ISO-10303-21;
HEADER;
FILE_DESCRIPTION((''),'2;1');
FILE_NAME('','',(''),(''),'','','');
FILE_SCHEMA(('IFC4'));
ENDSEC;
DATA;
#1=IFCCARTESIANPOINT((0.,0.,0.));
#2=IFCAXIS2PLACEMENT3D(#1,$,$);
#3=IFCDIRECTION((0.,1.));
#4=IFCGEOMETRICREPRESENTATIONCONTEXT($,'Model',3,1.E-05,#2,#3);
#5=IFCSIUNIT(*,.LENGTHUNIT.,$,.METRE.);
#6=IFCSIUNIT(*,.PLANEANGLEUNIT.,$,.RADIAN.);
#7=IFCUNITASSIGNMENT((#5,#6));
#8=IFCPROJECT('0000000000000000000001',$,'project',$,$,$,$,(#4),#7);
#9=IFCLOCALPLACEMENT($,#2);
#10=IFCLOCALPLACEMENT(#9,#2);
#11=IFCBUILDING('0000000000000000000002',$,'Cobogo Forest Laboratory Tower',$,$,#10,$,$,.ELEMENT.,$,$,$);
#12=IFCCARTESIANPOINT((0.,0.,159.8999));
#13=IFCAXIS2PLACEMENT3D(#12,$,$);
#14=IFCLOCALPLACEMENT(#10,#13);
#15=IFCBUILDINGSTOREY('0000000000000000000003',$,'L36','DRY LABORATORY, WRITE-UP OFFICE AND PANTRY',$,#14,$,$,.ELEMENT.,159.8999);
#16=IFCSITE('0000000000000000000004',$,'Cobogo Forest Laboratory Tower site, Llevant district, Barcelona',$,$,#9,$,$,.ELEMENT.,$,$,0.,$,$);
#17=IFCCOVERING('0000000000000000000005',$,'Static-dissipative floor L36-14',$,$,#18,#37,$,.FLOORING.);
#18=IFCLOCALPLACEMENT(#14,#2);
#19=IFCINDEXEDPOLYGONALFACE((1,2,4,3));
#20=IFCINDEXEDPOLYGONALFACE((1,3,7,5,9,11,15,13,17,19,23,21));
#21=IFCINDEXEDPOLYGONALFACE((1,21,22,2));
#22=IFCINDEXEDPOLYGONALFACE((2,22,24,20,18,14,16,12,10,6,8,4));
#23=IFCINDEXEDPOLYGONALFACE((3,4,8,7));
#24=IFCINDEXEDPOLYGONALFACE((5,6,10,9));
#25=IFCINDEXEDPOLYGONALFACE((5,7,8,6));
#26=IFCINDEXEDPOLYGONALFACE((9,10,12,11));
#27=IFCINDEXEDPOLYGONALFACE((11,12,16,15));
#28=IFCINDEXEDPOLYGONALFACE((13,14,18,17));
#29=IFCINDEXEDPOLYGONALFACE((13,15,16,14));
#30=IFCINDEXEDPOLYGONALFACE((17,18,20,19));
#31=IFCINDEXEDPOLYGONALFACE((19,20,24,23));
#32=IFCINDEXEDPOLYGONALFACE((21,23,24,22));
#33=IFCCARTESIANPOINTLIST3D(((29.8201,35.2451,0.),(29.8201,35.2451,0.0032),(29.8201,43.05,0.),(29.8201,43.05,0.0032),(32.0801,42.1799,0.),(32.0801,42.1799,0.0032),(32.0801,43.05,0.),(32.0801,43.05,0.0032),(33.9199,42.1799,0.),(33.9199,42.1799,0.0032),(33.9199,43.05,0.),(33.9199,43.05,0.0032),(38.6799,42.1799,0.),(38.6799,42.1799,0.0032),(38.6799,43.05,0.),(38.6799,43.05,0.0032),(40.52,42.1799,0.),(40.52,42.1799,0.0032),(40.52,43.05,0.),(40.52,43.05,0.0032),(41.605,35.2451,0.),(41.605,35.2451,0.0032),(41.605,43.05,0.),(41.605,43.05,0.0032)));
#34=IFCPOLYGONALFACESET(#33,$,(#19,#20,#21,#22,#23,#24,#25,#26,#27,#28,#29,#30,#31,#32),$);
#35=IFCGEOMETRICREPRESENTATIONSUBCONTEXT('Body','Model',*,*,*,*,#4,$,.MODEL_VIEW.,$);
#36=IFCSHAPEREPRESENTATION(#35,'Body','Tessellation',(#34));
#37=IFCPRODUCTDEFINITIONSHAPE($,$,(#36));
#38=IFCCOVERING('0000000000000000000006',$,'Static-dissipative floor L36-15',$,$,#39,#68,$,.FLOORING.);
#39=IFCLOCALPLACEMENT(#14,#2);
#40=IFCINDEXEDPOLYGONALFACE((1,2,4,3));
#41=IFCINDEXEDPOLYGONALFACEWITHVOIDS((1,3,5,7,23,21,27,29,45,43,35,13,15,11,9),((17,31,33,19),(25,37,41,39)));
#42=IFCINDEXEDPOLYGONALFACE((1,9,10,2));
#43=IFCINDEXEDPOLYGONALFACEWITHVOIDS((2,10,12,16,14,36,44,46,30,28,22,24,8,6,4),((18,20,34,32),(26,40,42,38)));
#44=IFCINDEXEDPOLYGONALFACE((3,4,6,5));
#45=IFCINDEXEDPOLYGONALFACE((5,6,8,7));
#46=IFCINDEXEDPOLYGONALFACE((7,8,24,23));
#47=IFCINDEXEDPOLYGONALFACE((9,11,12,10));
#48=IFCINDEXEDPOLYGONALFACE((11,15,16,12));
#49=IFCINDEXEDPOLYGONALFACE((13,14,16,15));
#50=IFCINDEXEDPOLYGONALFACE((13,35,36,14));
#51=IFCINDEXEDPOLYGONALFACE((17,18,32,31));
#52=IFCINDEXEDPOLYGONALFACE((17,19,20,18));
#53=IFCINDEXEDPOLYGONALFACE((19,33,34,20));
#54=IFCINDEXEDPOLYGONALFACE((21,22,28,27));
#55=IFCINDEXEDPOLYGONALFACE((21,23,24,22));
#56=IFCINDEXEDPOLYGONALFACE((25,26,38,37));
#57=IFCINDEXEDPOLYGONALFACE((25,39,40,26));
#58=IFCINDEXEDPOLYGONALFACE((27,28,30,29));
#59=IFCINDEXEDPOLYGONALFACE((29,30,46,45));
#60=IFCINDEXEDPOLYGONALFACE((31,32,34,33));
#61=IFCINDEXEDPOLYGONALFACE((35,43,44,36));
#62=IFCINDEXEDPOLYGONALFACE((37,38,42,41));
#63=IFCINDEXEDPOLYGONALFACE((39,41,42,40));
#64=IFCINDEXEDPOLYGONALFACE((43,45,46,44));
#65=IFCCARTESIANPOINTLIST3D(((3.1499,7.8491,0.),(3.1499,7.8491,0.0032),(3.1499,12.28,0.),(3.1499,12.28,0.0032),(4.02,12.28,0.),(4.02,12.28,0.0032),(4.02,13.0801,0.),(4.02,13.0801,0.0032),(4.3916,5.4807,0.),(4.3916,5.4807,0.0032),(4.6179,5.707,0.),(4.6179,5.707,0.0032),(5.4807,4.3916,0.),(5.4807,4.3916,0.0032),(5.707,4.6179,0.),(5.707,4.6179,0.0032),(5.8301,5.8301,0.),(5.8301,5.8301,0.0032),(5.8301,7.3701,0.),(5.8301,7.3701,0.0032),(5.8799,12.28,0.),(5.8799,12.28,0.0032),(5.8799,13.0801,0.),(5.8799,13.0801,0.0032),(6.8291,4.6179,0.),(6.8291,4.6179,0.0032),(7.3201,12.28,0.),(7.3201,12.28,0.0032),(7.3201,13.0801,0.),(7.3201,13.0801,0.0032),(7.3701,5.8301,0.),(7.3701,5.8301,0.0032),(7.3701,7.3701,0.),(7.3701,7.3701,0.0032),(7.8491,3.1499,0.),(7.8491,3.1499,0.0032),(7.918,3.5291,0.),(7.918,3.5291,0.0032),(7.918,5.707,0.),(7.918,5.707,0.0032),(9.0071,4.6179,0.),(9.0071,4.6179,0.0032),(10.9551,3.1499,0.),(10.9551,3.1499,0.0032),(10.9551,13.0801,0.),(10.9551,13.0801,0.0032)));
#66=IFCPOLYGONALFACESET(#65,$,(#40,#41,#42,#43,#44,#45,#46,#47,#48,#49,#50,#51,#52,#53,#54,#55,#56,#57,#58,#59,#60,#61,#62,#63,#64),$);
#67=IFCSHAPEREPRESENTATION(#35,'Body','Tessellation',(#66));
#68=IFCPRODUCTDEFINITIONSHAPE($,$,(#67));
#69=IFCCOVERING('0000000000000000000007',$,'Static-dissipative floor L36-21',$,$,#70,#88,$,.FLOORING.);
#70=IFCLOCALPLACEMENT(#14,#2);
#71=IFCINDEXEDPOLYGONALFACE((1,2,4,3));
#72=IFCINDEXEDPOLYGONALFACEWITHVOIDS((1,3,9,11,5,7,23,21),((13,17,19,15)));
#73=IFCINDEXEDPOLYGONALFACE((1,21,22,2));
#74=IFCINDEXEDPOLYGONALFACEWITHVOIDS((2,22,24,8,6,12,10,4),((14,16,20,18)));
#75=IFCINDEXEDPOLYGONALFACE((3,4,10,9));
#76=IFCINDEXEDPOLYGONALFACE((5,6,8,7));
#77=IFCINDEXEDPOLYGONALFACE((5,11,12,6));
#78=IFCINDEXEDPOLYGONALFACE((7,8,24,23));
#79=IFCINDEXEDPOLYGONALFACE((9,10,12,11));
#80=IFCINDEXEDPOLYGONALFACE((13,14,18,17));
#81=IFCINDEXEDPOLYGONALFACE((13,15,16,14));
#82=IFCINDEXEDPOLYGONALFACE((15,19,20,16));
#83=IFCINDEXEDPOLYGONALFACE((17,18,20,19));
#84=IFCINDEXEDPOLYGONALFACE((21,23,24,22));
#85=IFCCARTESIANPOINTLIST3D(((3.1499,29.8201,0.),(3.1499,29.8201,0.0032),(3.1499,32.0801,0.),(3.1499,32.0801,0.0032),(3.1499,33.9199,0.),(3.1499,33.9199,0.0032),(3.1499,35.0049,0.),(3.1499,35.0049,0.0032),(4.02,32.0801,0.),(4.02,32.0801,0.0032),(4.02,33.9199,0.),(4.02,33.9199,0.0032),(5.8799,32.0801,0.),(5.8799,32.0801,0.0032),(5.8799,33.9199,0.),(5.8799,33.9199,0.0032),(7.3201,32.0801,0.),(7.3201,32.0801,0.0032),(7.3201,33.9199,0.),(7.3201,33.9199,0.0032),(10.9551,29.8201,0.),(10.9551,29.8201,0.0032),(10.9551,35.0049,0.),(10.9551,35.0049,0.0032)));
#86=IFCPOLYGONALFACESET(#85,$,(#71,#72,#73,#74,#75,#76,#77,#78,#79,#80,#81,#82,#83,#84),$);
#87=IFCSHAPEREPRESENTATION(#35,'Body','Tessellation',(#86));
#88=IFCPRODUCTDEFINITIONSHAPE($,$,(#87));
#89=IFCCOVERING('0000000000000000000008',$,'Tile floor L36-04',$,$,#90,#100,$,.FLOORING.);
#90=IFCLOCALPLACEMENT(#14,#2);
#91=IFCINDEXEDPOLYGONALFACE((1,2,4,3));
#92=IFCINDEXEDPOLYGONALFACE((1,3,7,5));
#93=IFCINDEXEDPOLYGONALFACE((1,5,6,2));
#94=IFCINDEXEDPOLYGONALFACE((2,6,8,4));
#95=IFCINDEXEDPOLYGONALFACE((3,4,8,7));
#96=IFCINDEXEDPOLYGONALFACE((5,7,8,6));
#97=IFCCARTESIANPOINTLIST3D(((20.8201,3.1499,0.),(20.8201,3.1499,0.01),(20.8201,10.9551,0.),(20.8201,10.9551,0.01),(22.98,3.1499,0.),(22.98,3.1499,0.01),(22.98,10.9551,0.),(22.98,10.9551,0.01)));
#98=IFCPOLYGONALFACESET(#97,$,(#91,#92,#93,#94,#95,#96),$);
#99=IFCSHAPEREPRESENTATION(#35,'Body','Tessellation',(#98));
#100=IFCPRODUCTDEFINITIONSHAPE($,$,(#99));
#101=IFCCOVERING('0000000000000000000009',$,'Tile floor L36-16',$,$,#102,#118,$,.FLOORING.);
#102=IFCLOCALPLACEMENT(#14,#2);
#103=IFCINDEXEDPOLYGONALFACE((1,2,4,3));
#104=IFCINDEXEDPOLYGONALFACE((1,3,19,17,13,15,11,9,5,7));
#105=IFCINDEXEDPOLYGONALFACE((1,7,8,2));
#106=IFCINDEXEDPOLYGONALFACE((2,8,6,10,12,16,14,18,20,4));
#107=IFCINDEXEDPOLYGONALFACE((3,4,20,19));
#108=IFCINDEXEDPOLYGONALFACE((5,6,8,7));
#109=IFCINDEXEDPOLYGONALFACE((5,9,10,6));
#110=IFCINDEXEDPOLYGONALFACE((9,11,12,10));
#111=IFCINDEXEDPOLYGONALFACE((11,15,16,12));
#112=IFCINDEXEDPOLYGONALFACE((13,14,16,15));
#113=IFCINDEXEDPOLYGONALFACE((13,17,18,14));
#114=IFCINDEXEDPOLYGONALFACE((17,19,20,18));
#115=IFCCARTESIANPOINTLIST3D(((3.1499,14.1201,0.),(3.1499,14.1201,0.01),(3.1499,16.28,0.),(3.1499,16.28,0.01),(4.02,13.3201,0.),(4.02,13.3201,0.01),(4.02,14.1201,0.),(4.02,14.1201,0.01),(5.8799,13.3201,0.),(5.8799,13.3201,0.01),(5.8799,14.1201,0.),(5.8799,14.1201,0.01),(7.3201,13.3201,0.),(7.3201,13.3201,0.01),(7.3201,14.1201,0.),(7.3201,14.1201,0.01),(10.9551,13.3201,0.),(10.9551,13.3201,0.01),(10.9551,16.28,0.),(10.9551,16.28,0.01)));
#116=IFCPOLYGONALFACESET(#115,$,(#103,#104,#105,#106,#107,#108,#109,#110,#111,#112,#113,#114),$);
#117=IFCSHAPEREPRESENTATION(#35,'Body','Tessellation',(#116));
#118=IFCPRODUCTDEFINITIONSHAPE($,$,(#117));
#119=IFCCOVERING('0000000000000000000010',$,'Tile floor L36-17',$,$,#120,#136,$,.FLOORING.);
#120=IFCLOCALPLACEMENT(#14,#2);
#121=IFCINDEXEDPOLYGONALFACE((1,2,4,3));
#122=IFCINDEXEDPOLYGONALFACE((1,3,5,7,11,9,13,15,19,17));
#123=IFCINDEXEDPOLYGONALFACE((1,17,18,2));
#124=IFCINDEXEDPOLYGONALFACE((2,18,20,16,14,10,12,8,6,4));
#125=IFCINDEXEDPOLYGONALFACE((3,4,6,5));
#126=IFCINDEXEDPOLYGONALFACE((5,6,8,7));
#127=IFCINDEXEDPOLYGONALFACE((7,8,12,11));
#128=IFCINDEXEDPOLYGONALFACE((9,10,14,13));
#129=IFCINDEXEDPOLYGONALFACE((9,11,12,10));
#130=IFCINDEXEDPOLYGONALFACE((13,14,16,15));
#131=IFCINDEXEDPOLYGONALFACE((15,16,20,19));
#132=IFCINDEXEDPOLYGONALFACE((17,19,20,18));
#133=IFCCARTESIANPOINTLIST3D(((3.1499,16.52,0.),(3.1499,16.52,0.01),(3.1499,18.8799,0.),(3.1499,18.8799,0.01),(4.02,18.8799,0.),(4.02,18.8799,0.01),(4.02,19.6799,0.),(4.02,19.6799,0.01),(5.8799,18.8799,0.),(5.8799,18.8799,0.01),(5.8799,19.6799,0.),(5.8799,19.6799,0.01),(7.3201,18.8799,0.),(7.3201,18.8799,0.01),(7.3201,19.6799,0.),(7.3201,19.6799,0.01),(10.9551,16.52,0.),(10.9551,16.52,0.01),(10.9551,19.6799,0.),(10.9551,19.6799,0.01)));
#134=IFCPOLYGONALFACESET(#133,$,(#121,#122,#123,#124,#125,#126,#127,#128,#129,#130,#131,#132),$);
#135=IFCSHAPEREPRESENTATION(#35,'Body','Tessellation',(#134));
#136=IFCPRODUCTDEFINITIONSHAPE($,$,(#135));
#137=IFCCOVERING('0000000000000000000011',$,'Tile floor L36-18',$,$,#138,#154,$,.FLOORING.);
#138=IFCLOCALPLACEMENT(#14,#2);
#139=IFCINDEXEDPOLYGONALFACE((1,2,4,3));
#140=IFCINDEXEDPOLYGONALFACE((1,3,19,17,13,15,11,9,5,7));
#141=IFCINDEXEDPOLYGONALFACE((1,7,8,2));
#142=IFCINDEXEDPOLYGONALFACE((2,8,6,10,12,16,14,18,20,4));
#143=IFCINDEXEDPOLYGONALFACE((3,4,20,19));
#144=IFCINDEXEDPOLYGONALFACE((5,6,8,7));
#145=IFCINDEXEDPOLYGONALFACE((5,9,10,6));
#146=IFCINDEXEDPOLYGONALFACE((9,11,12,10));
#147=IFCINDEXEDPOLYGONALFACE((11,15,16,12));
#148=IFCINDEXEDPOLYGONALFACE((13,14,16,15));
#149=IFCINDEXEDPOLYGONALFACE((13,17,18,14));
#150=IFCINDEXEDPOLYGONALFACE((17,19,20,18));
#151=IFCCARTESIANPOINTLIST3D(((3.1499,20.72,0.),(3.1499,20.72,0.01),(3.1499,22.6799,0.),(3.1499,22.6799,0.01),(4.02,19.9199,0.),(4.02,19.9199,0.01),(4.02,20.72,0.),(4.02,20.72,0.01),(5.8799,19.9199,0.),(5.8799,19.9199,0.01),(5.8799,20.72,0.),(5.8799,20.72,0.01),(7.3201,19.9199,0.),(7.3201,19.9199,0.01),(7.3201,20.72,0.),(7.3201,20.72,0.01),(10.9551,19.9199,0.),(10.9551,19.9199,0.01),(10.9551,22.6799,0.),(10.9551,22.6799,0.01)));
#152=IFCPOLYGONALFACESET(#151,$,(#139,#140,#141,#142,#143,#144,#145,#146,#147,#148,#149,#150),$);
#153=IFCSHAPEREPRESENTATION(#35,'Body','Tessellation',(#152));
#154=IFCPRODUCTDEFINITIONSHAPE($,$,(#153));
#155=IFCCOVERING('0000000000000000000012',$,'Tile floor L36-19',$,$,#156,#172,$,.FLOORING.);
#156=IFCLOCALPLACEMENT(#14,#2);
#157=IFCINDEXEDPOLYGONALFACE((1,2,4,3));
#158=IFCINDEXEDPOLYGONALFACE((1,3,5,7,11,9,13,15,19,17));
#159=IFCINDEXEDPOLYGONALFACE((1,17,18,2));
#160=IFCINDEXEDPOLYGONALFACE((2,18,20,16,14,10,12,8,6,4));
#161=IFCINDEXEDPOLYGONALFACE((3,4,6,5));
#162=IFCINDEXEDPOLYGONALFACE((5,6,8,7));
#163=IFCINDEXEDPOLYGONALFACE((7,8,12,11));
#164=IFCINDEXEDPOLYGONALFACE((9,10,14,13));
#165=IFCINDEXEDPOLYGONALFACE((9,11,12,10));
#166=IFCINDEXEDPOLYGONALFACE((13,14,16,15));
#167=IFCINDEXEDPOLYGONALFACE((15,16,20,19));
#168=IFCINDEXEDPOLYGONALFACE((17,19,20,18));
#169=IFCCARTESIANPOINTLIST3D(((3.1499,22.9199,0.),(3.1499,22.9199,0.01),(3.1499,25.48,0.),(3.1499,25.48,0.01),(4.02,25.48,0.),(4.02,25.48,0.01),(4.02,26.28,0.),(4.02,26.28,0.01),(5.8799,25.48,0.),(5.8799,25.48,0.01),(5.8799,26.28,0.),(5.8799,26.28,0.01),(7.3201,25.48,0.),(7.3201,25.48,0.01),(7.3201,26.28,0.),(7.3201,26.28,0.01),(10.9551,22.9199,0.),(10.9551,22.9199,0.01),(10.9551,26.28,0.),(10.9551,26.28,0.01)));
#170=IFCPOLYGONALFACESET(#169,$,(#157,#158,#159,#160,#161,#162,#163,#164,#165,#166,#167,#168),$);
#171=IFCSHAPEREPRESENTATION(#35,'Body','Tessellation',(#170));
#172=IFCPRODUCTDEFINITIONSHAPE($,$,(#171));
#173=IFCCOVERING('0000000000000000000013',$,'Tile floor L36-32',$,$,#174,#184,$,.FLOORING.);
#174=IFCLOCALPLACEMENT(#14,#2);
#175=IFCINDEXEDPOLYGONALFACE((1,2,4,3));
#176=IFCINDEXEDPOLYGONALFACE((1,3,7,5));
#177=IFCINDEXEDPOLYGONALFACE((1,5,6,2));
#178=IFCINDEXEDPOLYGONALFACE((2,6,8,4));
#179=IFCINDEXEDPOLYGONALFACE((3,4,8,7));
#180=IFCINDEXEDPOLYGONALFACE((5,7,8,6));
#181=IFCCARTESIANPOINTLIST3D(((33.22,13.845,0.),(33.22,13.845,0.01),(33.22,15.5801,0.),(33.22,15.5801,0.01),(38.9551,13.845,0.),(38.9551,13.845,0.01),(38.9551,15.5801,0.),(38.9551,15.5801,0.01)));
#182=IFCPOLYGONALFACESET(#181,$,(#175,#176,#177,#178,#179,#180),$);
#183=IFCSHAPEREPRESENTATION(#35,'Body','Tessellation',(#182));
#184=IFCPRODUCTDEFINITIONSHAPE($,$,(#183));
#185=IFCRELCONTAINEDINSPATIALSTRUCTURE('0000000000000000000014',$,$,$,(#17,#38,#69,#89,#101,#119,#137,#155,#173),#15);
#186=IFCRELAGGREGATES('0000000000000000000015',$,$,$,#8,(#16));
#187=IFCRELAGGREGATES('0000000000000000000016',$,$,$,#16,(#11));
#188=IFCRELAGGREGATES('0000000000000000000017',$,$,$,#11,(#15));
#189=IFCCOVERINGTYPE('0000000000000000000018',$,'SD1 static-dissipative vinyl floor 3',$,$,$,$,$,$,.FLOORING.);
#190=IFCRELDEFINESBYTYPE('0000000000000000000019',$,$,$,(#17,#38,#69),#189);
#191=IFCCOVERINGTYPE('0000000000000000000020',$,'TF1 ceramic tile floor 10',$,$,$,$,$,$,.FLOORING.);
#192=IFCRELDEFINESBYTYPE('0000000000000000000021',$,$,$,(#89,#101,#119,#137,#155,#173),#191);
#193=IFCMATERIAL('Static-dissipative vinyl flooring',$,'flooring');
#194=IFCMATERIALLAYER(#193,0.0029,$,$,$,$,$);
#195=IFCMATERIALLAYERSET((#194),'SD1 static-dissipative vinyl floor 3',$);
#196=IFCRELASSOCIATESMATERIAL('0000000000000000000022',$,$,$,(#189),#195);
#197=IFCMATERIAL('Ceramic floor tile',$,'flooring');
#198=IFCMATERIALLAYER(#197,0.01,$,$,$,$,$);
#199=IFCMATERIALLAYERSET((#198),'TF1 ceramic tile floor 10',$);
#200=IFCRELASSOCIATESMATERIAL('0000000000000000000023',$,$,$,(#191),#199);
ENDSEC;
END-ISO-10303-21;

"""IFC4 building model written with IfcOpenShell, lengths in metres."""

from ifc_helpers import new_model, si_unit, direction, frame, origin, place, context, subcontext, project, spatial, polyline, outline, extrude, material, layer, layer_set, type_object, element, save


model = new_model("IFC4")

# Units and contexts
model_context = context("Model", 3, precision=1e-05, world=origin(), true_north=direction((0.0, 1.0)))
body_context = subcontext(model_context, "Body", "Model", "MODEL_VIEW")
ifc_project = project(units=[si_unit("LENGTHUNIT", "METRE"), si_unit("PLANEANGLEUNIT", "RADIAN")], contexts=[model_context])

# Site, building, storey
site_placement = place(None, origin())
site = spatial("IfcSite", under=ifc_project, at=site_placement, Name="Cobogo Forest Laboratory Tower site, Llevant district, Barcelona", CompositionType="ELEMENT", RefElevation=0.0)
building_placement = place(site_placement, origin())
building = spatial("IfcBuilding", under=site, at=building_placement, Name="Cobogo Forest Laboratory Tower", CompositionType="ELEMENT")
storey_placement = place(building_placement, frame((0.0, 0.0, 159.8999)))
storey = spatial("IfcBuildingStorey", under=building, at=storey_placement, Name="L36", Description="DRY LABORATORY, WRITE-UP OFFICE AND PANTRY", CompositionType="ELEMENT", Elevation=159.8999)

# Coverings
ifc_material_1 = material(Name="Static-dissipative vinyl flooring", Category="flooring")
ifc_layer_1 = layer(ifc_material_1, 0.0029)
ifc_layer_set_1 = layer_set([ifc_layer_1], Name="SD1 static-dissipative vinyl floor 3")
covering_type_1 = type_object("IfcCoveringType", Name="SD1 static-dissipative vinyl floor 3", PredefinedType="FLOORING", material=ifc_layer_set_1)
covering_1_placement = place(storey_placement, origin())
element("IfcCovering", 1, at=covering_1_placement, inside=storey, type_object=covering_type_1, Name="Static-dissipative floor L36-14", PredefinedType="FLOORING", context=body_context, shape_type="SweptSolid", body=[
    extrude(outline(polyline([(29.8201, 35.2451), (29.8201, 43.05), (32.0801, 43.05), (32.0801, 42.1799), (33.9199, 42.1799), (33.9199, 43.05), (38.6799, 43.05), (38.6799, 42.1799), (40.52, 42.1799), (40.52, 43.05), (41.605, 43.05), (41.605, 35.2451), (29.8201, 35.2451)])), origin(), (0.0, 0.0, 1.0), 0.0032),
])
covering_2_placement = place(storey_placement, origin())
element("IfcCovering", 2, at=covering_2_placement, inside=storey, type_object=covering_type_1, Name="Static-dissipative floor L36-15", PredefinedType="FLOORING", context=body_context, shape_type="SweptSolid", body=[
    extrude(outline(polyline([(10.9551, 3.1499), (7.8491, 3.1499), (5.4807, 4.3916), (5.707, 4.6179), (4.6179, 5.707), (4.3916, 5.4807), (3.1499, 7.8491), (3.1499, 12.28), (4.02, 12.28), (4.02, 13.0801), (5.8799, 13.0801), (5.8799, 12.28), (7.3201, 12.28), (7.3201, 13.0801), (10.9551, 13.0801), (10.9551, 3.1499)]), holes=[polyline([(7.918, 3.5291), (9.0071, 4.6179), (7.918, 5.707), (6.8291, 4.6179), (7.918, 3.5291)]), polyline([(5.8301, 5.8301), (7.3701, 5.8301), (7.3701, 7.3701), (5.8301, 7.3701), (5.8301, 5.8301)])]), origin(), (0.0, 0.0, 1.0), 0.0032),
])
covering_3_placement = place(storey_placement, origin())
element("IfcCovering", 3, at=covering_3_placement, inside=storey, type_object=covering_type_1, Name="Static-dissipative floor L36-21", PredefinedType="FLOORING", context=body_context, shape_type="SweptSolid", body=[
    extrude(outline(polyline([(10.9551, 29.8201), (3.1499, 29.8201), (3.1499, 32.0801), (4.02, 32.0801), (4.02, 33.9199), (3.1499, 33.9199), (3.1499, 35.0049), (10.9551, 35.0049), (10.9551, 29.8201)]), holes=[polyline([(5.8799, 32.0801), (7.3201, 32.0801), (7.3201, 33.9199), (5.8799, 33.9199), (5.8799, 32.0801)])]), origin(), (0.0, 0.0, 1.0), 0.0032),
])
ifc_material_2 = material(Name="Ceramic floor tile", Category="flooring")
ifc_layer_2 = layer(ifc_material_2, 0.01)
ifc_layer_set_2 = layer_set([ifc_layer_2], Name="TF1 ceramic tile floor 10")
covering_type_2 = type_object("IfcCoveringType", Name="TF1 ceramic tile floor 10", PredefinedType="FLOORING", material=ifc_layer_set_2)
covering_4_placement = place(storey_placement, origin())
element("IfcCovering", 4, at=covering_4_placement, inside=storey, type_object=covering_type_2, Name="Tile floor L36-04", PredefinedType="FLOORING", context=body_context, shape_type="SweptSolid", body=[
    extrude(outline(polyline([(20.8201, 10.9551), (22.98, 10.9551), (22.98, 3.1499), (20.8201, 3.1499), (20.8201, 10.9551)])), origin(), (0.0, 0.0, 1.0), 0.01),
])
covering_5_placement = place(storey_placement, origin())
element("IfcCovering", 5, at=covering_5_placement, inside=storey, type_object=covering_type_2, Name="Tile floor L36-16", PredefinedType="FLOORING", context=body_context, shape_type="SweptSolid", body=[
    extrude(outline(polyline([(10.9551, 13.3201), (7.3201, 13.3201), (7.3201, 14.1201), (5.8799, 14.1201), (5.8799, 13.3201), (4.02, 13.3201), (4.02, 14.1201), (3.1499, 14.1201), (3.1499, 16.28), (10.9551, 16.28), (10.9551, 13.3201)])), origin(), (0.0, 0.0, 1.0), 0.01),
])
covering_6_placement = place(storey_placement, origin())
element("IfcCovering", 6, at=covering_6_placement, inside=storey, type_object=covering_type_2, Name="Tile floor L36-17", PredefinedType="FLOORING", context=body_context, shape_type="SweptSolid", body=[
    extrude(outline(polyline([(10.9551, 16.52), (3.1499, 16.52), (3.1499, 18.8799), (4.02, 18.8799), (4.02, 19.6799), (5.8799, 19.6799), (5.8799, 18.8799), (7.3201, 18.8799), (7.3201, 19.6799), (10.9551, 19.6799), (10.9551, 16.52)])), origin(), (0.0, 0.0, 1.0), 0.01),
])
covering_7_placement = place(storey_placement, origin())
element("IfcCovering", 7, at=covering_7_placement, inside=storey, type_object=covering_type_2, Name="Tile floor L36-18", PredefinedType="FLOORING", context=body_context, shape_type="SweptSolid", body=[
    extrude(outline(polyline([(10.9551, 19.9199), (7.3201, 19.9199), (7.3201, 20.72), (5.8799, 20.72), (5.8799, 19.9199), (4.02, 19.9199), (4.02, 20.72), (3.1499, 20.72), (3.1499, 22.6799), (10.9551, 22.6799), (10.9551, 19.9199)])), origin(), (0.0, 0.0, 1.0), 0.01),
])
covering_8_placement = place(storey_placement, origin())
element("IfcCovering", 8, at=covering_8_placement, inside=storey, type_object=covering_type_2, Name="Tile floor L36-19", PredefinedType="FLOORING", context=body_context, shape_type="SweptSolid", body=[
    extrude(outline(polyline([(10.9551, 22.9199), (3.1499, 22.9199), (3.1499, 25.48), (4.02, 25.48), (4.02, 26.28), (5.8799, 26.28), (5.8799, 25.48), (7.3201, 25.48), (7.3201, 26.28), (10.9551, 26.28), (10.9551, 22.9199)])), origin(), (0.0, 0.0, 1.0), 0.01),
])
covering_9_placement = place(storey_placement, origin())
element("IfcCovering", 9, at=covering_9_placement, inside=storey, type_object=covering_type_2, Name="Tile floor L36-32", PredefinedType="FLOORING", context=body_context, shape_type="SweptSolid", body=[
    extrude(outline(polyline([(38.9551, 13.845), (33.22, 13.845), (33.22, 15.5801), (38.9551, 15.5801), (38.9551, 13.845)])), origin(), (0.0, 0.0, 1.0), 0.01),
])

save(model, "model.ifc")
